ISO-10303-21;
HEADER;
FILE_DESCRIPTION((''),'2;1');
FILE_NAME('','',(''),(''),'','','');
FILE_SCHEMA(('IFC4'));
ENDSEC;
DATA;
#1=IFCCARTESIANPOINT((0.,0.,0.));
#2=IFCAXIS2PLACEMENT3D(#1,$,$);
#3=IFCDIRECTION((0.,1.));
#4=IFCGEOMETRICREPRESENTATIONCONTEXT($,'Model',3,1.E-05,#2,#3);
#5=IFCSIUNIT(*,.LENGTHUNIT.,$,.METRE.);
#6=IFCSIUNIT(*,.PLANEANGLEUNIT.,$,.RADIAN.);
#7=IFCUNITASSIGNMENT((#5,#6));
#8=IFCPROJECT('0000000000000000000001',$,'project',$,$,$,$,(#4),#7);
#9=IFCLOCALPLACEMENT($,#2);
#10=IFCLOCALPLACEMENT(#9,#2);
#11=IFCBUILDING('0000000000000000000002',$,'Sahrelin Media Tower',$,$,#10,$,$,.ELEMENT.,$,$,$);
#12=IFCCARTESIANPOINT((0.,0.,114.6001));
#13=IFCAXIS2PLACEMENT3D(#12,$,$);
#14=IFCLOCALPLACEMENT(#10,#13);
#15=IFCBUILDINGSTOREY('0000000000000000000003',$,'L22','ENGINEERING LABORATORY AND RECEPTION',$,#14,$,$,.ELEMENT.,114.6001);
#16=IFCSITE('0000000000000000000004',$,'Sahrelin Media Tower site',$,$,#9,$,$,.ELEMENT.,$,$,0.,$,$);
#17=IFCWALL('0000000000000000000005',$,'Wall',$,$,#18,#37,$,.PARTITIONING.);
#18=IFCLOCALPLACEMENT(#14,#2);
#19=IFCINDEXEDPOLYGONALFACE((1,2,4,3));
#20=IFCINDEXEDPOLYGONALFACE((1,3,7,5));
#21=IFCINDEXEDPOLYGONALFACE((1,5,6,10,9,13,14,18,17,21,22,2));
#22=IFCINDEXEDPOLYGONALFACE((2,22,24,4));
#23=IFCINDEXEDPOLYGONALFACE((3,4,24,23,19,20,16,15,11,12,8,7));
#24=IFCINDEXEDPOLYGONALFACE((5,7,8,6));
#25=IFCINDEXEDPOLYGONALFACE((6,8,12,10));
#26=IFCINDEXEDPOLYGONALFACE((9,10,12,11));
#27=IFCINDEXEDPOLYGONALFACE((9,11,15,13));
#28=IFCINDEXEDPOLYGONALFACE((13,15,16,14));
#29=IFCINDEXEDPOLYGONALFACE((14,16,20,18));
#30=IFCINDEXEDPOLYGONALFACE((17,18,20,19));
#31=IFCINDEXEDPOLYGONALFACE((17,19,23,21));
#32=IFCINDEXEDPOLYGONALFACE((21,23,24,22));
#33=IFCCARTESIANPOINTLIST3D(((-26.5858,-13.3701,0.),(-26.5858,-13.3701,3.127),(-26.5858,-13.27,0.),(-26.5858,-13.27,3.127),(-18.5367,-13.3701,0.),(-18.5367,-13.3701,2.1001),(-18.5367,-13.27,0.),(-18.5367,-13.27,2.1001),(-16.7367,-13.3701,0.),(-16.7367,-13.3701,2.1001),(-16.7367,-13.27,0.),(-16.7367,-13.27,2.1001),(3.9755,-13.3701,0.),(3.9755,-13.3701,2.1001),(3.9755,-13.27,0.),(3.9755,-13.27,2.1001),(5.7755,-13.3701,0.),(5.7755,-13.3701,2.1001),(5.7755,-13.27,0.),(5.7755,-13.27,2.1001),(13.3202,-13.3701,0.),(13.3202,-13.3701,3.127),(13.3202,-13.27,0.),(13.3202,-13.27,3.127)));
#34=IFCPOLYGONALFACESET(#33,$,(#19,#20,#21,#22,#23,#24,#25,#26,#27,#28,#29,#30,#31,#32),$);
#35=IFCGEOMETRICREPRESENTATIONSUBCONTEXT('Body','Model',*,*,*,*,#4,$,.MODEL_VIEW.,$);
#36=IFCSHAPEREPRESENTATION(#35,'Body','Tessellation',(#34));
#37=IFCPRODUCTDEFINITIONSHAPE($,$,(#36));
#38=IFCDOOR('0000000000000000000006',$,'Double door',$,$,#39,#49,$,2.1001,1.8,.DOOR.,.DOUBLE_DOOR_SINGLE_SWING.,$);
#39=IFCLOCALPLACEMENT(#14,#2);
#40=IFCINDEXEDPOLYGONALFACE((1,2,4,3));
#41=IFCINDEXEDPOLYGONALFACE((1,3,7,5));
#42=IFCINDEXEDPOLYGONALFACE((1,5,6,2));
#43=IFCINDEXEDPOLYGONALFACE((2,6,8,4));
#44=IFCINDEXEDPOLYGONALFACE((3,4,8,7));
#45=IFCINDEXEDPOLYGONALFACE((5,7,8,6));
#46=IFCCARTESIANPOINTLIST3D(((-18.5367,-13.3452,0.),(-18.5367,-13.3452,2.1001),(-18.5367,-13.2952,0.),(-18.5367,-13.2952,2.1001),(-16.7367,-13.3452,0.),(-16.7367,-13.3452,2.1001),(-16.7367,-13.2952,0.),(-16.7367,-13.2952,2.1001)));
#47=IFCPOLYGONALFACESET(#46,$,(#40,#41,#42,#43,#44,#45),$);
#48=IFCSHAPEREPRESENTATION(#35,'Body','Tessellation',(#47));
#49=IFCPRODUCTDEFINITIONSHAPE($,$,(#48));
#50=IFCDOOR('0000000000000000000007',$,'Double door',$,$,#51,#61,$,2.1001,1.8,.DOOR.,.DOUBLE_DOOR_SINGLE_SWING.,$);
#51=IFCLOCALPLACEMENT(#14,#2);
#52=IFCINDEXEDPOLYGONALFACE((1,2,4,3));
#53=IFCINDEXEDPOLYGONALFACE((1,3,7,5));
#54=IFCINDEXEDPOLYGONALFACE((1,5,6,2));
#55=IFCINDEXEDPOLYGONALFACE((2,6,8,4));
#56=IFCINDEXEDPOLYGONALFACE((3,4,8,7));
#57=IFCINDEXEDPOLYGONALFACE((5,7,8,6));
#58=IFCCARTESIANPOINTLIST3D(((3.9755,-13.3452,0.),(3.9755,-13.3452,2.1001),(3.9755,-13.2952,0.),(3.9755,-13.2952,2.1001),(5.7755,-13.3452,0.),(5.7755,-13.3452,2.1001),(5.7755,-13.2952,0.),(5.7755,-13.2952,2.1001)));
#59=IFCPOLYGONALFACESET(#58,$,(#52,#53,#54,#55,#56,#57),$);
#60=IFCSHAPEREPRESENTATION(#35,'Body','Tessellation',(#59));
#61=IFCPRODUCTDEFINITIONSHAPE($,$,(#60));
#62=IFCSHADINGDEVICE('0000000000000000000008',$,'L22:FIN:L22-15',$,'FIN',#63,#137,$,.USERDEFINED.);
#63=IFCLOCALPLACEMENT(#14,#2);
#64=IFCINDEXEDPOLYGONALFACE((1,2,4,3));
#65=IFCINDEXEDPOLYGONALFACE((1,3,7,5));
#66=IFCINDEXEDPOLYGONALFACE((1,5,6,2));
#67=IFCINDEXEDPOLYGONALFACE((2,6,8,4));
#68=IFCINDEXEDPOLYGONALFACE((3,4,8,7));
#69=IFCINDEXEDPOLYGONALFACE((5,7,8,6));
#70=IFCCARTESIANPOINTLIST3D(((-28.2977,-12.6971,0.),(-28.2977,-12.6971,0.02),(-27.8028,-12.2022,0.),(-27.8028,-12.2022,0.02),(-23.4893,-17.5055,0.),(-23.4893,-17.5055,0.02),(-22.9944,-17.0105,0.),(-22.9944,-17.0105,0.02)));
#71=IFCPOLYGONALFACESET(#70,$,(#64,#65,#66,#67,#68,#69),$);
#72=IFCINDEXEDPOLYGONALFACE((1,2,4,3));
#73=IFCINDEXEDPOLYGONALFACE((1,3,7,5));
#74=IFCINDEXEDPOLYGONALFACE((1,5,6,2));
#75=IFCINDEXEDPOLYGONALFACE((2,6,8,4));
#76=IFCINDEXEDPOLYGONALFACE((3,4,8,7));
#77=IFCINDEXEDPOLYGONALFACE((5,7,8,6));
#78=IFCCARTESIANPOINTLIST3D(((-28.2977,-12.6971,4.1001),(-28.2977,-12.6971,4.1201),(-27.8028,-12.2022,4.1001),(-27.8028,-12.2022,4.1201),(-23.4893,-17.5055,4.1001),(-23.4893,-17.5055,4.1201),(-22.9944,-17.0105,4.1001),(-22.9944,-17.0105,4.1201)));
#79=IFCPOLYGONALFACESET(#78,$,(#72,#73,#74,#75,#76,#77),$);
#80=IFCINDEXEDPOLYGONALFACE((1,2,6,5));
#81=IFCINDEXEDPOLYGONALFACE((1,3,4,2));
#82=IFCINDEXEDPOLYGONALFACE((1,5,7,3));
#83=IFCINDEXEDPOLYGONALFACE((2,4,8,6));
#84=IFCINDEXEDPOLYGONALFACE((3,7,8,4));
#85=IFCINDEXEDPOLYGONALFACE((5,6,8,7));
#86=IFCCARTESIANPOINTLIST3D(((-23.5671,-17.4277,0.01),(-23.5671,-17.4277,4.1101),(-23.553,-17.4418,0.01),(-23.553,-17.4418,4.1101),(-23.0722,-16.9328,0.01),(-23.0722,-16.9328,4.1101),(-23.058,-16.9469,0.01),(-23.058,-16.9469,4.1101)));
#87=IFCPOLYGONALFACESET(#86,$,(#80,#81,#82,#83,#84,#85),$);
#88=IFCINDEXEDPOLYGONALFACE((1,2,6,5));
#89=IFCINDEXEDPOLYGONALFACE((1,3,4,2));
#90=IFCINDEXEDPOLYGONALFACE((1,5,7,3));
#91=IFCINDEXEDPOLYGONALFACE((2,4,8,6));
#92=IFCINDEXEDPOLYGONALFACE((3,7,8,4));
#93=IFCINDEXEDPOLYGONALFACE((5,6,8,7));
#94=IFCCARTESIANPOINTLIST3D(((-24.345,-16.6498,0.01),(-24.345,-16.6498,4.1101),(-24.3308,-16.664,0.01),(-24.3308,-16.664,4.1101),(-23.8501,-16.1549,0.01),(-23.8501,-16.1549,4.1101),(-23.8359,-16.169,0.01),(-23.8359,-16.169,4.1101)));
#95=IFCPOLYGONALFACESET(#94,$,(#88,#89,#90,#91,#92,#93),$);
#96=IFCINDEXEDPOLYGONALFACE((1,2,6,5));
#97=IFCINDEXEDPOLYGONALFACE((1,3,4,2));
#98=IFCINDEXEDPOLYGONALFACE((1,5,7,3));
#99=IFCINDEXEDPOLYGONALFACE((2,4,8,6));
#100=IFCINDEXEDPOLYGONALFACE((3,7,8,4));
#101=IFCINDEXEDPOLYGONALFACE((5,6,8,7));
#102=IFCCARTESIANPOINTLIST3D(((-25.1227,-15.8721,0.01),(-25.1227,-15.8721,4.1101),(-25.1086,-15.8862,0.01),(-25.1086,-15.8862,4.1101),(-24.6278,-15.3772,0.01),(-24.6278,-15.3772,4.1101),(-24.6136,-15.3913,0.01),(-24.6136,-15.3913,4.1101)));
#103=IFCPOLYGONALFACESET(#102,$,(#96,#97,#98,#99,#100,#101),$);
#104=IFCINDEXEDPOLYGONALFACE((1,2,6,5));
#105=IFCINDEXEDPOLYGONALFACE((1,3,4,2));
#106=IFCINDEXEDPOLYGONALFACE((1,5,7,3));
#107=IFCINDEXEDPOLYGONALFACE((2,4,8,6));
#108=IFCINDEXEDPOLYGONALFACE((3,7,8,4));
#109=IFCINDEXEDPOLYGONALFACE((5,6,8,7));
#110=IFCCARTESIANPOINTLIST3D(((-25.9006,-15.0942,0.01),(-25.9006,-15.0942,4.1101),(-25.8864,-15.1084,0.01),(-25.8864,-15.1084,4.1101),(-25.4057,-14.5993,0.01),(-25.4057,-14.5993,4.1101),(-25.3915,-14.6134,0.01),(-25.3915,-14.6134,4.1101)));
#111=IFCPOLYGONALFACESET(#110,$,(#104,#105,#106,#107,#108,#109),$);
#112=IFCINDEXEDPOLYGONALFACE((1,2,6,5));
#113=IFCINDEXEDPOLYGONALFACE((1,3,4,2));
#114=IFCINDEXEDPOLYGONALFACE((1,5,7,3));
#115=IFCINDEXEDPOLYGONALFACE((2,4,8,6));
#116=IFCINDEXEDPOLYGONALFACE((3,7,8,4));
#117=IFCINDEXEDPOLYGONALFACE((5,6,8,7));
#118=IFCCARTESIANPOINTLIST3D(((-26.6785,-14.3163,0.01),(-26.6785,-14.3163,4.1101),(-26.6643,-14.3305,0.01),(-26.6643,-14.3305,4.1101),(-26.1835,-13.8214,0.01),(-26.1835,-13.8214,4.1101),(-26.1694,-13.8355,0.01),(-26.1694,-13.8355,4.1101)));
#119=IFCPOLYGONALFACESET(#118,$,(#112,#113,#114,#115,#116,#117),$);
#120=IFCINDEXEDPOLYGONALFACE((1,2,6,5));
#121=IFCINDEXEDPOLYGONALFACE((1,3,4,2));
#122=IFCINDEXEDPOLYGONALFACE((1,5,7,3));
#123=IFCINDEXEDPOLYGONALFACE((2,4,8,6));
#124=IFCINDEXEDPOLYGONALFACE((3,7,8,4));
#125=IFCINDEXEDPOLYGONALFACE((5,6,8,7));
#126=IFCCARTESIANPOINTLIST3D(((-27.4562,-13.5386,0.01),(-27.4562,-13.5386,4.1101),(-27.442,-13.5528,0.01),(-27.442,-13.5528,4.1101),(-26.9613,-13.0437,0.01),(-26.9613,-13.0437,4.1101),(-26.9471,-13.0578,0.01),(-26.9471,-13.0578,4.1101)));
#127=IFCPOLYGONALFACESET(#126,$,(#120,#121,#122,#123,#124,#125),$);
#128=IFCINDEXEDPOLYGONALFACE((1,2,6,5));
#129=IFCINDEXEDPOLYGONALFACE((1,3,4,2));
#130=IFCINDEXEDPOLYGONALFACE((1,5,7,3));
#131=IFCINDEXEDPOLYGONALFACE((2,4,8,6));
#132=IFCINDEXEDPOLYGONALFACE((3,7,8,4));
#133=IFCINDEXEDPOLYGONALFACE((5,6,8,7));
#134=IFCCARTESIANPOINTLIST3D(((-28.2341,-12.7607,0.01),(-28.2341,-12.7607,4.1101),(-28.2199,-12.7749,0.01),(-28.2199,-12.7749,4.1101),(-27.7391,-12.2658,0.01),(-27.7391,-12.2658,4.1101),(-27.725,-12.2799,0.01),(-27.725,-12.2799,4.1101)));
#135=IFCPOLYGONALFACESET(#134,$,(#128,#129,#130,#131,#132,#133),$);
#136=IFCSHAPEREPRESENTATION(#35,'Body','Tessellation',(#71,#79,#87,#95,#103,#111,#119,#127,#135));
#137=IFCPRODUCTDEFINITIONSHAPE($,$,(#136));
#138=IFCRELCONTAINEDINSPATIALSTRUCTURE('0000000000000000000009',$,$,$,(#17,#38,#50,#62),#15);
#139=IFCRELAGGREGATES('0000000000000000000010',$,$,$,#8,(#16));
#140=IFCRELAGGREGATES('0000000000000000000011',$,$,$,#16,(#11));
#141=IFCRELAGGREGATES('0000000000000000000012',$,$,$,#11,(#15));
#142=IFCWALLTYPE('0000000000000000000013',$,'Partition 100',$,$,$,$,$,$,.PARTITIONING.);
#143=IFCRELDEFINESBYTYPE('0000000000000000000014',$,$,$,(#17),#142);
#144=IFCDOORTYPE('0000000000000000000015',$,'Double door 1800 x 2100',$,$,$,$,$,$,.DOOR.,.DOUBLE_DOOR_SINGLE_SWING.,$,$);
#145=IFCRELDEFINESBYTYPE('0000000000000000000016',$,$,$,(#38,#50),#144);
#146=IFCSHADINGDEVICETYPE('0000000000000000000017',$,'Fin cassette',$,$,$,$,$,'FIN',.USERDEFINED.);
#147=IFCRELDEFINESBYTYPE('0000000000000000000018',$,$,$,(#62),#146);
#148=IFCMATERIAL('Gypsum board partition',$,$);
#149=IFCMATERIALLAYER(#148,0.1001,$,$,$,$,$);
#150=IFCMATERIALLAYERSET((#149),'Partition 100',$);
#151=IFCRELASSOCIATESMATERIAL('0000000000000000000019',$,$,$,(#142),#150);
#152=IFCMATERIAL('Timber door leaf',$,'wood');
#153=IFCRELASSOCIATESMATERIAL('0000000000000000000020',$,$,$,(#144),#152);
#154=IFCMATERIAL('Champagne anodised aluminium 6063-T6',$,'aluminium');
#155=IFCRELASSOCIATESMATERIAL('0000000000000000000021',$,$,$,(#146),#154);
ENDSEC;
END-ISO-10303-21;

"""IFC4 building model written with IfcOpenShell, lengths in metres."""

from ifc_helpers import new_model, si_unit, direction, frame, frame_2d, origin, origin_2d, place, context, subcontext, project, spatial, rectangle, extrude, material, layer, layer_set, type_object, element, fill, save


model = new_model("IFC4")

# Units and contexts
model_context = context("Model", 3, precision=1e-05, world=origin(), true_north=direction((0.0, 1.0)))
body_context = subcontext(model_context, "Body", "Model", "MODEL_VIEW")
ifc_project = project(units=[si_unit("LENGTHUNIT", "METRE"), si_unit("PLANEANGLEUNIT", "RADIAN")], contexts=[model_context])

# Site, building, storey
site_placement = place(None, origin())
site = spatial("IfcSite", under=ifc_project, at=site_placement, Name="Sahrelin Media Tower site", CompositionType="ELEMENT", RefElevation=0.0)
building_placement = place(site_placement, origin())
building = spatial("IfcBuilding", under=site, at=building_placement, Name="Sahrelin Media Tower", CompositionType="ELEMENT")
storey_placement = place(building_placement, frame((0.0, 0.0, 114.6001)))
storey = spatial("IfcBuildingStorey", under=building, at=storey_placement, Name="L22", Description="ENGINEERING LABORATORY AND RECEPTION", CompositionType="ELEMENT", Elevation=114.6001)

# Shared definitions
ifc_material_1 = material(Name="Champagne anodised aluminium 6063-T6", Category="aluminium")

# Wall, openings, doors
ifc_material_2 = material(Name="Gypsum board partition")
ifc_layer_1 = layer(ifc_material_2, 0.1001)
ifc_layer_set_1 = layer_set([ifc_layer_1], Name="Partition 100")
wall_type_1 = type_object("IfcWallType", Name="Partition 100", PredefinedType="PARTITIONING", material=ifc_layer_set_1)
wall_1_placement = place(storey_placement, frame((-26.5859, -13.3201, 0.0), z_axis=(0.0, 0.0, 1.0), x_axis=(1.0, 0.0, 0.0)))
wall_1 = element("IfcWall", 1, at=wall_1_placement, inside=storey, type_object=wall_type_1, Name="Wall", PredefinedType="PARTITIONING", context=body_context, shape_type="SweptSolid", body=[
    extrude(rectangle(XDim=39.906, YDim=0.1001, at=frame_2d((19.9531, 0.0))), origin(), (0.0, 0.0, 1.0), 3.127),
])
opening_1_placement = place(wall_1_placement, frame((8.0493, 0.0, 0.0)))
opening_1 = element("IfcOpeningElement", 2, at=opening_1_placement, cuts=wall_1, PredefinedType="OPENING", context=body_context, shape_type="SweptSolid", body=[
    extrude(rectangle(XDim=1.8, YDim=2.1001, at=frame_2d((0.8999, 1.05))), frame((0.0, 0.05, 0.0), z_axis=(0.0, -1.0, 0.0), x_axis=(1.0, 0.0, 0.0)), (0.0, 0.0, 1.0), 0.1001),
])
opening_2_placement = place(wall_1_placement, frame((30.5615, 0.0, 0.0)))
opening_2 = element("IfcOpeningElement", 3, at=opening_2_placement, cuts=wall_1, PredefinedType="OPENING", context=body_context, shape_type="SweptSolid", body=[
    extrude(rectangle(XDim=1.8, YDim=2.1001, at=frame_2d((0.8999, 1.05))), frame((0.0, 0.05, 0.0), z_axis=(0.0, -1.0, 0.0), x_axis=(1.0, 0.0, 0.0)), (0.0, 0.0, 1.0), 0.1001),
])
ifc_material_3 = material(Name="Timber door leaf", Category="wood")
door_type_1 = type_object("IfcDoorType", Name="Double door 1800 x 2100", OperationType="DOUBLE_DOOR_SINGLE_SWING", PredefinedType="DOOR", material=ifc_material_3)
door_1_placement = place(opening_1_placement, origin())
door_1 = element("IfcDoor", 4, at=door_1_placement, inside=storey, type_object=door_type_1, Name="Double door", OperationType="DOUBLE_DOOR_SINGLE_SWING", OverallHeight=2.1001, OverallWidth=1.8, PredefinedType="DOOR", context=body_context, shape_type="SweptSolid", body=[
    extrude(rectangle(XDim=1.8, YDim=2.1001, at=frame_2d((0.8999, 1.05))), frame((0.0, 0.0249, 0.0), z_axis=(0.0, -1.0, 0.0), x_axis=(1.0, 0.0, 0.0)), (0.0, 0.0, 1.0), 0.05),
])
fill(opening_1, door_1)
door_2_placement = place(opening_2_placement, origin())
door_2 = element("IfcDoor", 5, at=door_2_placement, inside=storey, type_object=door_type_1, Name="Double door", OperationType="DOUBLE_DOOR_SINGLE_SWING", OverallHeight=2.1001, OverallWidth=1.8, PredefinedType="DOOR", context=body_context, shape_type="SweptSolid", body=[
    extrude(rectangle(XDim=1.8, YDim=2.1001, at=frame_2d((0.8999, 1.05))), frame((0.0, 0.0249, 0.0), z_axis=(0.0, -1.0, 0.0), x_axis=(1.0, 0.0, 0.0)), (0.0, 0.0, 1.0), 0.05),
])
fill(opening_2, door_2)

# Shading device
shading_device_type_1 = type_object("IfcShadingDeviceType", Name="Fin cassette", ElementType="FIN", PredefinedType="USERDEFINED", material=ifc_material_1)
placement_1 = place(storey_placement, frame((-25.3491, -14.5569, 0.0), z_axis=(0.0, 0.0, 1.0), x_axis=(-0.707107, 0.707107, 0.0)))
element("IfcShadingDevice", 6, at=placement_1, inside=storey, type_object=shading_device_type_1, Name="L22:FIN:L22-15", ObjectType="FIN", PredefinedType="USERDEFINED", context=body_context, shape_type="SweptSolid", body=[
    extrude(rectangle(XDim=6.8, YDim=0.7, at=origin_2d()), frame((0.0, 0.4199, 0.0)), (0.0, 0.0, 1.0), 0.02),
    extrude(rectangle(XDim=6.8, YDim=0.7, at=origin_2d()), frame((0.0, 0.4199, 4.1001)), (0.0, 0.0, 1.0), 0.02),
    extrude(rectangle(XDim=0.02, YDim=0.7, at=origin_2d()), frame((-3.3, 0.4199, 0.01), z_axis=(0.0, 0.0, 1.0), x_axis=(1.0, 0.0, 0.0)), (0.0, 0.0, 1.0), 4.1001),
    extrude(rectangle(XDim=0.02, YDim=0.7, at=origin_2d()), frame((-2.2, 0.4199, 0.01), z_axis=(0.0, 0.0, 1.0), x_axis=(1.0, 0.0, 0.0)), (0.0, 0.0, 1.0), 4.1001),
    extrude(rectangle(XDim=0.02, YDim=0.7, at=origin_2d()), frame((-1.1001, 0.4199, 0.01), z_axis=(0.0, 0.0, 1.0), x_axis=(1.0, 0.0, 0.0)), (0.0, 0.0, 1.0), 4.1001),
    extrude(rectangle(XDim=0.02, YDim=0.7, at=origin_2d()), frame((0.0, 0.4199, 0.01), z_axis=(0.0, 0.0, 1.0), x_axis=(1.0, 0.0, 0.0)), (0.0, 0.0, 1.0), 4.1001),
    extrude(rectangle(XDim=0.02, YDim=0.7, at=origin_2d()), frame((1.1001, 0.4199, 0.01), z_axis=(0.0, 0.0, 1.0), x_axis=(1.0, 0.0, 0.0)), (0.0, 0.0, 1.0), 4.1001),
    extrude(rectangle(XDim=0.02, YDim=0.7, at=origin_2d()), frame((2.2, 0.4199, 0.01), z_axis=(0.0, 0.0, 1.0), x_axis=(1.0, 0.0, 0.0)), (0.0, 0.0, 1.0), 4.1001),
    extrude(rectangle(XDim=0.02, YDim=0.7, at=origin_2d()), frame((3.3, 0.4199, 0.01), z_axis=(0.0, 0.0, 1.0), x_axis=(1.0, 0.0, 0.0)), (0.0, 0.0, 1.0), 4.1001),
])

save(model, "model.ifc")
